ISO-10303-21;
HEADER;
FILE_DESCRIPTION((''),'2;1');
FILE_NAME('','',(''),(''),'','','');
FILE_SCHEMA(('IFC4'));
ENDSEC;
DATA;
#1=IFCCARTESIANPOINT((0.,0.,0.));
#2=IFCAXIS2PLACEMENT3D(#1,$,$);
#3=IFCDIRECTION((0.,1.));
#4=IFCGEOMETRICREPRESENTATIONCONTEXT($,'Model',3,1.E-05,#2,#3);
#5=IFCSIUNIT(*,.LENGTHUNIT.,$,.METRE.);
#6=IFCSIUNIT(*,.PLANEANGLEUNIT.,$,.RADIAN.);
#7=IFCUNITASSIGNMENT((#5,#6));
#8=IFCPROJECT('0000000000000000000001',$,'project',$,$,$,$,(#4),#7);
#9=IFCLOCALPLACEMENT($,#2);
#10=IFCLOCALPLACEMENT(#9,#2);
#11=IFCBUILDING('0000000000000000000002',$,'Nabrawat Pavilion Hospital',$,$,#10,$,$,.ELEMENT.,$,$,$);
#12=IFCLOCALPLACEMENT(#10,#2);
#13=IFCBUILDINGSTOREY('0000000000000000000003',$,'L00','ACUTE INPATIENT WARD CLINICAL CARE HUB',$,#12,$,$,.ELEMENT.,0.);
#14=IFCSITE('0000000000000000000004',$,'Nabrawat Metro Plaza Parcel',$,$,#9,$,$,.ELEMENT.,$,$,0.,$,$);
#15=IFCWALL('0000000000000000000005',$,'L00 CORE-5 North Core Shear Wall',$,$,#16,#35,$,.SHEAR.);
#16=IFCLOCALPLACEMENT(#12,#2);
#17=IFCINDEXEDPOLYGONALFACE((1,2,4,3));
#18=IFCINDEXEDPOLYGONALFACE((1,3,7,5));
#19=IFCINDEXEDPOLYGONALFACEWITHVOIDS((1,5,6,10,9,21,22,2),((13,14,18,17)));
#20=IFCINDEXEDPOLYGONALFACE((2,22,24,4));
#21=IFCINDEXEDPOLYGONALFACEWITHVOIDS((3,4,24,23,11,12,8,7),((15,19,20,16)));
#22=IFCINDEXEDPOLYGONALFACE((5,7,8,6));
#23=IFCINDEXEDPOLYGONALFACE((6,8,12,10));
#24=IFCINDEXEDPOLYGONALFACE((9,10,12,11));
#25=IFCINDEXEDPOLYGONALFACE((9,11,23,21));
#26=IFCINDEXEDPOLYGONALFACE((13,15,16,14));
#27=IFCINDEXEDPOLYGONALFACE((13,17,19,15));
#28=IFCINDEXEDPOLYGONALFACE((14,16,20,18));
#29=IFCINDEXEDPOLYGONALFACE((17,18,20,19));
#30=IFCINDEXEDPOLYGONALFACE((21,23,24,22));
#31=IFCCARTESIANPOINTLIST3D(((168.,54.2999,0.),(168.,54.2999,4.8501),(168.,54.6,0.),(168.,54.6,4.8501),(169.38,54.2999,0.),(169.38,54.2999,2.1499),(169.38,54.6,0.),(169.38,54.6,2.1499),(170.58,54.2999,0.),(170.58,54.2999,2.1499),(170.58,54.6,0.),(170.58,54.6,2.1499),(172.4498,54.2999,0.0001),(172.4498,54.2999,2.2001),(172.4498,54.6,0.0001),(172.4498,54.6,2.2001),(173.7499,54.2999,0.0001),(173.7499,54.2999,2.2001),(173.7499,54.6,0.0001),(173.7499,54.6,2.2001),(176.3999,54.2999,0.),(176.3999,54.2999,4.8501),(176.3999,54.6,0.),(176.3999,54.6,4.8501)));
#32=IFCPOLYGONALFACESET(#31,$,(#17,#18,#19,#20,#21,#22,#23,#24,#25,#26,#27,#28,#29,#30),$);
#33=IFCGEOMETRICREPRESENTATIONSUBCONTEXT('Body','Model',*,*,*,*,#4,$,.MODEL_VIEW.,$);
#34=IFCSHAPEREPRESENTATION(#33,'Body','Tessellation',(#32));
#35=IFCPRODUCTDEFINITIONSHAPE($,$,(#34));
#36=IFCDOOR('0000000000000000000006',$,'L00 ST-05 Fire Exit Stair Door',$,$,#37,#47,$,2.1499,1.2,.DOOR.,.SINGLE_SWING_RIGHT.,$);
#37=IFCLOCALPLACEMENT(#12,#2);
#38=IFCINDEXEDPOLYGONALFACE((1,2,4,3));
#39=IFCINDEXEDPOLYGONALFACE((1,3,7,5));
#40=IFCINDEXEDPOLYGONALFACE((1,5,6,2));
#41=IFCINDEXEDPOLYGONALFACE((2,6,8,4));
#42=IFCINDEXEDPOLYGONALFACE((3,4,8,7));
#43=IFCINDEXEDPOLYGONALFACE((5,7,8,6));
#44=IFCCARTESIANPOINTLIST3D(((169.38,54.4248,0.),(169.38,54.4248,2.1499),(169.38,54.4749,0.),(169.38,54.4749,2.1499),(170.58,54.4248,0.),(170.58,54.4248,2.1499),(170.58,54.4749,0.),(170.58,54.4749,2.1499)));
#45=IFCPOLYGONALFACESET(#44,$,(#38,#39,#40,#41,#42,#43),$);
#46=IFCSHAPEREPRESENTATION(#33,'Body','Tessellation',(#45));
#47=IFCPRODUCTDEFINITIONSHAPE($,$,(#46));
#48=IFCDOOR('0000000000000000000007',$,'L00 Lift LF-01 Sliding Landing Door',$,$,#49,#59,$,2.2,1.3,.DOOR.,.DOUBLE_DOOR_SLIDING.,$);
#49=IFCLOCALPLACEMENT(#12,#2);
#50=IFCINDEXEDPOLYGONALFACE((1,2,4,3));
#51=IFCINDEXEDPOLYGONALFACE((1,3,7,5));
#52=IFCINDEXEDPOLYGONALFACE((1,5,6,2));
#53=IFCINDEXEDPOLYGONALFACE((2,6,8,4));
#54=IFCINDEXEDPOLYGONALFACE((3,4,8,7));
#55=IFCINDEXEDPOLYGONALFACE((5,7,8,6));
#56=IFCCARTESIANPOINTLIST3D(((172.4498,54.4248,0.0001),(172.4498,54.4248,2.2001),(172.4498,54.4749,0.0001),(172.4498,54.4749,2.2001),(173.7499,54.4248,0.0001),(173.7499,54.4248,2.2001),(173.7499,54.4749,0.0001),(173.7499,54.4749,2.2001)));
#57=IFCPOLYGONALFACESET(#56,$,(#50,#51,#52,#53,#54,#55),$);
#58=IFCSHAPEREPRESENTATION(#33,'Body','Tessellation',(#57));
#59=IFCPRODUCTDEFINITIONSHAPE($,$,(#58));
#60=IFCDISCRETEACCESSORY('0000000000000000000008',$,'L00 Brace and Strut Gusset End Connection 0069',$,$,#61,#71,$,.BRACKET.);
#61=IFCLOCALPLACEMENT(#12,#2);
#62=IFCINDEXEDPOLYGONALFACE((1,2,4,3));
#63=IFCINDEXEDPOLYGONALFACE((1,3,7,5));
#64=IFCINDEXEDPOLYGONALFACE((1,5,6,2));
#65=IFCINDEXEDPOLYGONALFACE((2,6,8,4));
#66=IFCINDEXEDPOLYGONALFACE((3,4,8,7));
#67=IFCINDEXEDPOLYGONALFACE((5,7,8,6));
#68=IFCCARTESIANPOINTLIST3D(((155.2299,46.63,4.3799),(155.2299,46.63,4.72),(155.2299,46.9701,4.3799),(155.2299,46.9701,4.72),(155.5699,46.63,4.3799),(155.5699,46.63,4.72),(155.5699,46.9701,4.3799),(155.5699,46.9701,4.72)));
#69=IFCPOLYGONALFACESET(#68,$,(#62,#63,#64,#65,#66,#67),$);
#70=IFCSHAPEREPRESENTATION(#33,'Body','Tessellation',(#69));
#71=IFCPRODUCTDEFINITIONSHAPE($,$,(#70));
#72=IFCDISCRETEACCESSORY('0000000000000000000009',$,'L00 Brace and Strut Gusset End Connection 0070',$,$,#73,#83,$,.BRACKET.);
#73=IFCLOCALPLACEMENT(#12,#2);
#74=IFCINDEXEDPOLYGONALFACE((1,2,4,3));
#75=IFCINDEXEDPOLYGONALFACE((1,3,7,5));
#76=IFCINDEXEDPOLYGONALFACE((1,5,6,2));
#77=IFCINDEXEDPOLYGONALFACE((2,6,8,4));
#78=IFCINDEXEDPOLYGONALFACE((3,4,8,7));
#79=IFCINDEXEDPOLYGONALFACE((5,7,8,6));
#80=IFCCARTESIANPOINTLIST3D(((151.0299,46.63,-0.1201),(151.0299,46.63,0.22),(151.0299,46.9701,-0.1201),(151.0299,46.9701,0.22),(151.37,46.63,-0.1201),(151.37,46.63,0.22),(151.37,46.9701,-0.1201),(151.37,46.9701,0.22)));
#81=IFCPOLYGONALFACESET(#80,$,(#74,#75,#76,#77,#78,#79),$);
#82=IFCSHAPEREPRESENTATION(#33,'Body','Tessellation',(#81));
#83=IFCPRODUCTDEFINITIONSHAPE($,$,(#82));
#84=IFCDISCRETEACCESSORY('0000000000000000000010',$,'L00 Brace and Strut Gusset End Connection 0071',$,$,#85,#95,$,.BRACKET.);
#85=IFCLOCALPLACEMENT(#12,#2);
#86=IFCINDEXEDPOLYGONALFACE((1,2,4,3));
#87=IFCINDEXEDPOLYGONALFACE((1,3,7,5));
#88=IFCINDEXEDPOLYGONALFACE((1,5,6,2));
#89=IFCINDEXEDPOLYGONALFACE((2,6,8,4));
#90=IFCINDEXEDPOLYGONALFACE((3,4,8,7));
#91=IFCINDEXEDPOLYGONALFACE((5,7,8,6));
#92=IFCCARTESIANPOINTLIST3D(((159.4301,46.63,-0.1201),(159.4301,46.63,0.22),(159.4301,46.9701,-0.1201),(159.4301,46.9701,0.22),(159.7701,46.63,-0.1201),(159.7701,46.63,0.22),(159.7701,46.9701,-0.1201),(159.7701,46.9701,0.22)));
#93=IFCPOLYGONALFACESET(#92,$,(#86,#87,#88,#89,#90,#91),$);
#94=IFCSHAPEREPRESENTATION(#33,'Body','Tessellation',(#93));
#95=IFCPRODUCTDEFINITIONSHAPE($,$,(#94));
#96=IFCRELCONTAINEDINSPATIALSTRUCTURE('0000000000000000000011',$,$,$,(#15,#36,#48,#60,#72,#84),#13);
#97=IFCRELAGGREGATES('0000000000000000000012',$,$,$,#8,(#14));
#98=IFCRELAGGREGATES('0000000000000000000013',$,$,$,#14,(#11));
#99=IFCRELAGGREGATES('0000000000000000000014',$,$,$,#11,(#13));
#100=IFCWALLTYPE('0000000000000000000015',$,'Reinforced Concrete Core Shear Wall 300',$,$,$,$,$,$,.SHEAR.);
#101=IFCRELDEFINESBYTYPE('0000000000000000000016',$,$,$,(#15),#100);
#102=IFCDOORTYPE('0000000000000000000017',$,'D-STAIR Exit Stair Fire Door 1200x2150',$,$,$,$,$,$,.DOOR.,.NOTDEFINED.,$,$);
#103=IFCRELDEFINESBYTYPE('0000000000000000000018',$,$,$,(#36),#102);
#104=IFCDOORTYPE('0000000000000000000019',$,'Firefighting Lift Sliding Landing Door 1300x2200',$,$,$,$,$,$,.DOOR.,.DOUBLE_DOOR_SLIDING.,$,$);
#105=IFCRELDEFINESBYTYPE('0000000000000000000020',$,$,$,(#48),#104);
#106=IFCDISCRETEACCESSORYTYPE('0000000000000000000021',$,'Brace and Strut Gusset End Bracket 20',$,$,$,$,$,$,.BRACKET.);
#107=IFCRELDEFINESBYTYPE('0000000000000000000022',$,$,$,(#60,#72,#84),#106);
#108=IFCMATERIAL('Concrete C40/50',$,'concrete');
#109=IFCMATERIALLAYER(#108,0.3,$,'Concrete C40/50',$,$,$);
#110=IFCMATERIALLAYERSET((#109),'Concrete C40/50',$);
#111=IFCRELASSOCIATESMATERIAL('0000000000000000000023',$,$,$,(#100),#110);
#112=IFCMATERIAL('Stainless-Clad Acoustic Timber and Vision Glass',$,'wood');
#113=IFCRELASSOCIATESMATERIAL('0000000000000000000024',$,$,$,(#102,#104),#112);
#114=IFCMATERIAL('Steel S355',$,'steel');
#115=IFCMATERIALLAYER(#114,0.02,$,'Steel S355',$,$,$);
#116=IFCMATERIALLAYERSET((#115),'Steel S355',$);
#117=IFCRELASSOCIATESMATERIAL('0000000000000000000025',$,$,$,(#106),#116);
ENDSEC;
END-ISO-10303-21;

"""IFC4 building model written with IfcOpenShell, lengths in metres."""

from ifc_helpers import new_model, si_unit, direction, frame, frame_2d, origin, origin_2d, place, context, subcontext, project, spatial, rectangle, extrude, material, layer, layer_set, type_object, element, fill, save


model = new_model("IFC4")

# Units and contexts
model_context = context("Model", 3, precision=1e-05, world=origin(), true_north=direction((0.0, 1.0)))
body_context = subcontext(model_context, "Body", "Model", "MODEL_VIEW")
ifc_project = project(units=[si_unit("LENGTHUNIT", "METRE"), si_unit("PLANEANGLEUNIT", "RADIAN")], contexts=[model_context])

# Site, building, storey
site_placement = place(None, origin())
site = spatial("IfcSite", under=ifc_project, at=site_placement, Name="Nabrawat Metro Plaza Parcel", CompositionType="ELEMENT", RefElevation=0.0)
building_placement = place(site_placement, origin())
building = spatial("IfcBuilding", under=site, at=building_placement, Name="Nabrawat Pavilion Hospital", CompositionType="ELEMENT")
storey_placement = place(building_placement, origin())
storey = spatial("IfcBuildingStorey", under=building, at=storey_placement, Name="L00", Description="ACUTE INPATIENT WARD CLINICAL CARE HUB", CompositionType="ELEMENT", Elevation=0.0)

# Shared definitions
ifc_material_1 = material(Name="Steel S355", Category="steel")
ifc_material_2 = material(Name="Concrete C40/50", Category="concrete")

# Shared definitions
ifc_material_3 = material(Name="Stainless-Clad Acoustic Timber and Vision Glass", Category="wood")

# Shared definitions
ifc_layer_1 = layer(ifc_material_2, 0.3, Name="Concrete C40/50")
ifc_layer_set_1 = layer_set([ifc_layer_1], Name="Concrete C40/50")
wall_type_1 = type_object("IfcWallType", Name="Reinforced Concrete Core Shear Wall 300", PredefinedType="SHEAR", material=ifc_layer_set_1)

# Wall, openings, doors
wall_1_placement = place(storey_placement, frame((168.0, 54.45, 0.0), z_axis=(0.0, 0.0, 1.0), x_axis=(1.0, 0.0, 0.0)))
wall_1 = element("IfcWall", 1, at=wall_1_placement, inside=storey, type_object=wall_type_1, Name="L00 CORE-5 North Core Shear Wall", PredefinedType="SHEAR", context=body_context, shape_type="SweptSolid", body=[
    extrude(rectangle(XDim=8.3999, YDim=0.3, at=frame_2d((4.2, 0.0))), origin(), (0.0, 0.0, 1.0), 4.8501),
])
opening_1_placement = place(wall_1_placement, frame((1.3799, 0.0, 0.0)))
opening_1 = element("IfcOpeningElement", 2, at=opening_1_placement, cuts=wall_1, PredefinedType="OPENING", context=body_context, shape_type="SweptSolid", body=[
    extrude(rectangle(XDim=1.2, YDim=2.1499, at=frame_2d((0.6001, 1.075))), frame((0.0, 0.1602, 0.0), z_axis=(0.0, -1.0, 0.0), x_axis=(1.0, 0.0, 0.0)), (0.0, 0.0, 1.0), 0.3201),
])
opening_2_placement = place(wall_1_placement, frame((4.45, 0.0, 0.0)))
opening_2 = element("IfcOpeningElement", 3, at=opening_2_placement, cuts=wall_1, PredefinedType="OPENING", context=body_context, shape_type="SweptSolid", body=[
    extrude(rectangle(XDim=1.3, YDim=2.2, at=frame_2d((0.6499, 1.1001))), frame((0.0, 0.1602, 0.0), z_axis=(0.0, -1.0, 0.0), x_axis=(1.0, 0.0, 0.0)), (0.0, 0.0, 1.0), 0.3201),
])
door_type_1 = type_object("IfcDoorType", Name="D-STAIR Exit Stair Fire Door 1200x2150", OperationType="NOTDEFINED", PredefinedType="DOOR", material=ifc_material_3)
door_1_placement = place(opening_1_placement, origin())
door_1 = element("IfcDoor", 4, at=door_1_placement, inside=storey, type_object=door_type_1, Name="L00 ST-05 Fire Exit Stair Door", OperationType="SINGLE_SWING_RIGHT", OverallHeight=2.1499, OverallWidth=1.2, PredefinedType="DOOR", context=body_context, shape_type="SweptSolid", body=[
    extrude(rectangle(XDim=1.2, YDim=2.1499, at=frame_2d((0.6001, 1.075))), frame((0.0, 0.0249, 0.0), z_axis=(0.0, -1.0, 0.0), x_axis=(1.0, 0.0, 0.0)), (0.0, 0.0, 1.0), 0.05),
])
fill(opening_1, door_1)
door_type_2 = type_object("IfcDoorType", Name="Firefighting Lift Sliding Landing Door 1300x2200", OperationType="DOUBLE_DOOR_SLIDING", PredefinedType="DOOR", material=ifc_material_3)
door_2_placement = place(opening_2_placement, origin())
door_2 = element("IfcDoor", 5, at=door_2_placement, inside=storey, type_object=door_type_2, Name="L00 Lift LF-01 Sliding Landing Door", OperationType="DOUBLE_DOOR_SLIDING", OverallHeight=2.2, OverallWidth=1.3, PredefinedType="DOOR", context=body_context, shape_type="SweptSolid", body=[
    extrude(rectangle(XDim=1.3, YDim=2.2, at=frame_2d((0.6499, 1.1001))), frame((0.0, 0.0249, 0.0), z_axis=(0.0, -1.0, 0.0), x_axis=(1.0, 0.0, 0.0)), (0.0, 0.0, 1.0), 0.05),
])
fill(opening_2, door_2)

# Discrete accessories
ifc_layer_2 = layer(ifc_material_1, 0.02, Name="Steel S355")
ifc_layer_set_2 = layer_set([ifc_layer_2], Name="Steel S355")
discrete_accessory_type = type_object("IfcDiscreteAccessoryType", Name="Brace and Strut Gusset End Bracket 20", PredefinedType="BRACKET", material=ifc_layer_set_2)
for number, where, z_axis, x_axis, name in (
    (6, (155.3999, 46.8, 4.3799), (0.0, 0.0, 1.0), (1.0, 0.0, 0.0), "L00 Brace and Strut Gusset End Connection 0069"),
    (7, (151.2, 46.8, -0.1201), (0.0, 0.0, 1.0), (1.0, 0.0, 0.0), "L00 Brace and Strut Gusset End Connection 0070"),
    (8, (159.6001, 46.8, -0.1201), (0.0, 0.0, 1.0), (1.0, 0.0, 0.0), "L00 Brace and Strut Gusset End Connection 0071"),
):
    element("IfcDiscreteAccessory", number, at=place(storey_placement, frame(where, z_axis=z_axis, x_axis=x_axis)), inside=storey, type_object=discrete_accessory_type, Name=name, PredefinedType="BRACKET", context=body_context, shape_type="SweptSolid", body=[
        extrude(rectangle(XDim=0.3401, YDim=0.3401, at=origin_2d()), origin(), (0.0, 0.0, 1.0), 0.3401),
    ])

save(model, "model.ifc")
